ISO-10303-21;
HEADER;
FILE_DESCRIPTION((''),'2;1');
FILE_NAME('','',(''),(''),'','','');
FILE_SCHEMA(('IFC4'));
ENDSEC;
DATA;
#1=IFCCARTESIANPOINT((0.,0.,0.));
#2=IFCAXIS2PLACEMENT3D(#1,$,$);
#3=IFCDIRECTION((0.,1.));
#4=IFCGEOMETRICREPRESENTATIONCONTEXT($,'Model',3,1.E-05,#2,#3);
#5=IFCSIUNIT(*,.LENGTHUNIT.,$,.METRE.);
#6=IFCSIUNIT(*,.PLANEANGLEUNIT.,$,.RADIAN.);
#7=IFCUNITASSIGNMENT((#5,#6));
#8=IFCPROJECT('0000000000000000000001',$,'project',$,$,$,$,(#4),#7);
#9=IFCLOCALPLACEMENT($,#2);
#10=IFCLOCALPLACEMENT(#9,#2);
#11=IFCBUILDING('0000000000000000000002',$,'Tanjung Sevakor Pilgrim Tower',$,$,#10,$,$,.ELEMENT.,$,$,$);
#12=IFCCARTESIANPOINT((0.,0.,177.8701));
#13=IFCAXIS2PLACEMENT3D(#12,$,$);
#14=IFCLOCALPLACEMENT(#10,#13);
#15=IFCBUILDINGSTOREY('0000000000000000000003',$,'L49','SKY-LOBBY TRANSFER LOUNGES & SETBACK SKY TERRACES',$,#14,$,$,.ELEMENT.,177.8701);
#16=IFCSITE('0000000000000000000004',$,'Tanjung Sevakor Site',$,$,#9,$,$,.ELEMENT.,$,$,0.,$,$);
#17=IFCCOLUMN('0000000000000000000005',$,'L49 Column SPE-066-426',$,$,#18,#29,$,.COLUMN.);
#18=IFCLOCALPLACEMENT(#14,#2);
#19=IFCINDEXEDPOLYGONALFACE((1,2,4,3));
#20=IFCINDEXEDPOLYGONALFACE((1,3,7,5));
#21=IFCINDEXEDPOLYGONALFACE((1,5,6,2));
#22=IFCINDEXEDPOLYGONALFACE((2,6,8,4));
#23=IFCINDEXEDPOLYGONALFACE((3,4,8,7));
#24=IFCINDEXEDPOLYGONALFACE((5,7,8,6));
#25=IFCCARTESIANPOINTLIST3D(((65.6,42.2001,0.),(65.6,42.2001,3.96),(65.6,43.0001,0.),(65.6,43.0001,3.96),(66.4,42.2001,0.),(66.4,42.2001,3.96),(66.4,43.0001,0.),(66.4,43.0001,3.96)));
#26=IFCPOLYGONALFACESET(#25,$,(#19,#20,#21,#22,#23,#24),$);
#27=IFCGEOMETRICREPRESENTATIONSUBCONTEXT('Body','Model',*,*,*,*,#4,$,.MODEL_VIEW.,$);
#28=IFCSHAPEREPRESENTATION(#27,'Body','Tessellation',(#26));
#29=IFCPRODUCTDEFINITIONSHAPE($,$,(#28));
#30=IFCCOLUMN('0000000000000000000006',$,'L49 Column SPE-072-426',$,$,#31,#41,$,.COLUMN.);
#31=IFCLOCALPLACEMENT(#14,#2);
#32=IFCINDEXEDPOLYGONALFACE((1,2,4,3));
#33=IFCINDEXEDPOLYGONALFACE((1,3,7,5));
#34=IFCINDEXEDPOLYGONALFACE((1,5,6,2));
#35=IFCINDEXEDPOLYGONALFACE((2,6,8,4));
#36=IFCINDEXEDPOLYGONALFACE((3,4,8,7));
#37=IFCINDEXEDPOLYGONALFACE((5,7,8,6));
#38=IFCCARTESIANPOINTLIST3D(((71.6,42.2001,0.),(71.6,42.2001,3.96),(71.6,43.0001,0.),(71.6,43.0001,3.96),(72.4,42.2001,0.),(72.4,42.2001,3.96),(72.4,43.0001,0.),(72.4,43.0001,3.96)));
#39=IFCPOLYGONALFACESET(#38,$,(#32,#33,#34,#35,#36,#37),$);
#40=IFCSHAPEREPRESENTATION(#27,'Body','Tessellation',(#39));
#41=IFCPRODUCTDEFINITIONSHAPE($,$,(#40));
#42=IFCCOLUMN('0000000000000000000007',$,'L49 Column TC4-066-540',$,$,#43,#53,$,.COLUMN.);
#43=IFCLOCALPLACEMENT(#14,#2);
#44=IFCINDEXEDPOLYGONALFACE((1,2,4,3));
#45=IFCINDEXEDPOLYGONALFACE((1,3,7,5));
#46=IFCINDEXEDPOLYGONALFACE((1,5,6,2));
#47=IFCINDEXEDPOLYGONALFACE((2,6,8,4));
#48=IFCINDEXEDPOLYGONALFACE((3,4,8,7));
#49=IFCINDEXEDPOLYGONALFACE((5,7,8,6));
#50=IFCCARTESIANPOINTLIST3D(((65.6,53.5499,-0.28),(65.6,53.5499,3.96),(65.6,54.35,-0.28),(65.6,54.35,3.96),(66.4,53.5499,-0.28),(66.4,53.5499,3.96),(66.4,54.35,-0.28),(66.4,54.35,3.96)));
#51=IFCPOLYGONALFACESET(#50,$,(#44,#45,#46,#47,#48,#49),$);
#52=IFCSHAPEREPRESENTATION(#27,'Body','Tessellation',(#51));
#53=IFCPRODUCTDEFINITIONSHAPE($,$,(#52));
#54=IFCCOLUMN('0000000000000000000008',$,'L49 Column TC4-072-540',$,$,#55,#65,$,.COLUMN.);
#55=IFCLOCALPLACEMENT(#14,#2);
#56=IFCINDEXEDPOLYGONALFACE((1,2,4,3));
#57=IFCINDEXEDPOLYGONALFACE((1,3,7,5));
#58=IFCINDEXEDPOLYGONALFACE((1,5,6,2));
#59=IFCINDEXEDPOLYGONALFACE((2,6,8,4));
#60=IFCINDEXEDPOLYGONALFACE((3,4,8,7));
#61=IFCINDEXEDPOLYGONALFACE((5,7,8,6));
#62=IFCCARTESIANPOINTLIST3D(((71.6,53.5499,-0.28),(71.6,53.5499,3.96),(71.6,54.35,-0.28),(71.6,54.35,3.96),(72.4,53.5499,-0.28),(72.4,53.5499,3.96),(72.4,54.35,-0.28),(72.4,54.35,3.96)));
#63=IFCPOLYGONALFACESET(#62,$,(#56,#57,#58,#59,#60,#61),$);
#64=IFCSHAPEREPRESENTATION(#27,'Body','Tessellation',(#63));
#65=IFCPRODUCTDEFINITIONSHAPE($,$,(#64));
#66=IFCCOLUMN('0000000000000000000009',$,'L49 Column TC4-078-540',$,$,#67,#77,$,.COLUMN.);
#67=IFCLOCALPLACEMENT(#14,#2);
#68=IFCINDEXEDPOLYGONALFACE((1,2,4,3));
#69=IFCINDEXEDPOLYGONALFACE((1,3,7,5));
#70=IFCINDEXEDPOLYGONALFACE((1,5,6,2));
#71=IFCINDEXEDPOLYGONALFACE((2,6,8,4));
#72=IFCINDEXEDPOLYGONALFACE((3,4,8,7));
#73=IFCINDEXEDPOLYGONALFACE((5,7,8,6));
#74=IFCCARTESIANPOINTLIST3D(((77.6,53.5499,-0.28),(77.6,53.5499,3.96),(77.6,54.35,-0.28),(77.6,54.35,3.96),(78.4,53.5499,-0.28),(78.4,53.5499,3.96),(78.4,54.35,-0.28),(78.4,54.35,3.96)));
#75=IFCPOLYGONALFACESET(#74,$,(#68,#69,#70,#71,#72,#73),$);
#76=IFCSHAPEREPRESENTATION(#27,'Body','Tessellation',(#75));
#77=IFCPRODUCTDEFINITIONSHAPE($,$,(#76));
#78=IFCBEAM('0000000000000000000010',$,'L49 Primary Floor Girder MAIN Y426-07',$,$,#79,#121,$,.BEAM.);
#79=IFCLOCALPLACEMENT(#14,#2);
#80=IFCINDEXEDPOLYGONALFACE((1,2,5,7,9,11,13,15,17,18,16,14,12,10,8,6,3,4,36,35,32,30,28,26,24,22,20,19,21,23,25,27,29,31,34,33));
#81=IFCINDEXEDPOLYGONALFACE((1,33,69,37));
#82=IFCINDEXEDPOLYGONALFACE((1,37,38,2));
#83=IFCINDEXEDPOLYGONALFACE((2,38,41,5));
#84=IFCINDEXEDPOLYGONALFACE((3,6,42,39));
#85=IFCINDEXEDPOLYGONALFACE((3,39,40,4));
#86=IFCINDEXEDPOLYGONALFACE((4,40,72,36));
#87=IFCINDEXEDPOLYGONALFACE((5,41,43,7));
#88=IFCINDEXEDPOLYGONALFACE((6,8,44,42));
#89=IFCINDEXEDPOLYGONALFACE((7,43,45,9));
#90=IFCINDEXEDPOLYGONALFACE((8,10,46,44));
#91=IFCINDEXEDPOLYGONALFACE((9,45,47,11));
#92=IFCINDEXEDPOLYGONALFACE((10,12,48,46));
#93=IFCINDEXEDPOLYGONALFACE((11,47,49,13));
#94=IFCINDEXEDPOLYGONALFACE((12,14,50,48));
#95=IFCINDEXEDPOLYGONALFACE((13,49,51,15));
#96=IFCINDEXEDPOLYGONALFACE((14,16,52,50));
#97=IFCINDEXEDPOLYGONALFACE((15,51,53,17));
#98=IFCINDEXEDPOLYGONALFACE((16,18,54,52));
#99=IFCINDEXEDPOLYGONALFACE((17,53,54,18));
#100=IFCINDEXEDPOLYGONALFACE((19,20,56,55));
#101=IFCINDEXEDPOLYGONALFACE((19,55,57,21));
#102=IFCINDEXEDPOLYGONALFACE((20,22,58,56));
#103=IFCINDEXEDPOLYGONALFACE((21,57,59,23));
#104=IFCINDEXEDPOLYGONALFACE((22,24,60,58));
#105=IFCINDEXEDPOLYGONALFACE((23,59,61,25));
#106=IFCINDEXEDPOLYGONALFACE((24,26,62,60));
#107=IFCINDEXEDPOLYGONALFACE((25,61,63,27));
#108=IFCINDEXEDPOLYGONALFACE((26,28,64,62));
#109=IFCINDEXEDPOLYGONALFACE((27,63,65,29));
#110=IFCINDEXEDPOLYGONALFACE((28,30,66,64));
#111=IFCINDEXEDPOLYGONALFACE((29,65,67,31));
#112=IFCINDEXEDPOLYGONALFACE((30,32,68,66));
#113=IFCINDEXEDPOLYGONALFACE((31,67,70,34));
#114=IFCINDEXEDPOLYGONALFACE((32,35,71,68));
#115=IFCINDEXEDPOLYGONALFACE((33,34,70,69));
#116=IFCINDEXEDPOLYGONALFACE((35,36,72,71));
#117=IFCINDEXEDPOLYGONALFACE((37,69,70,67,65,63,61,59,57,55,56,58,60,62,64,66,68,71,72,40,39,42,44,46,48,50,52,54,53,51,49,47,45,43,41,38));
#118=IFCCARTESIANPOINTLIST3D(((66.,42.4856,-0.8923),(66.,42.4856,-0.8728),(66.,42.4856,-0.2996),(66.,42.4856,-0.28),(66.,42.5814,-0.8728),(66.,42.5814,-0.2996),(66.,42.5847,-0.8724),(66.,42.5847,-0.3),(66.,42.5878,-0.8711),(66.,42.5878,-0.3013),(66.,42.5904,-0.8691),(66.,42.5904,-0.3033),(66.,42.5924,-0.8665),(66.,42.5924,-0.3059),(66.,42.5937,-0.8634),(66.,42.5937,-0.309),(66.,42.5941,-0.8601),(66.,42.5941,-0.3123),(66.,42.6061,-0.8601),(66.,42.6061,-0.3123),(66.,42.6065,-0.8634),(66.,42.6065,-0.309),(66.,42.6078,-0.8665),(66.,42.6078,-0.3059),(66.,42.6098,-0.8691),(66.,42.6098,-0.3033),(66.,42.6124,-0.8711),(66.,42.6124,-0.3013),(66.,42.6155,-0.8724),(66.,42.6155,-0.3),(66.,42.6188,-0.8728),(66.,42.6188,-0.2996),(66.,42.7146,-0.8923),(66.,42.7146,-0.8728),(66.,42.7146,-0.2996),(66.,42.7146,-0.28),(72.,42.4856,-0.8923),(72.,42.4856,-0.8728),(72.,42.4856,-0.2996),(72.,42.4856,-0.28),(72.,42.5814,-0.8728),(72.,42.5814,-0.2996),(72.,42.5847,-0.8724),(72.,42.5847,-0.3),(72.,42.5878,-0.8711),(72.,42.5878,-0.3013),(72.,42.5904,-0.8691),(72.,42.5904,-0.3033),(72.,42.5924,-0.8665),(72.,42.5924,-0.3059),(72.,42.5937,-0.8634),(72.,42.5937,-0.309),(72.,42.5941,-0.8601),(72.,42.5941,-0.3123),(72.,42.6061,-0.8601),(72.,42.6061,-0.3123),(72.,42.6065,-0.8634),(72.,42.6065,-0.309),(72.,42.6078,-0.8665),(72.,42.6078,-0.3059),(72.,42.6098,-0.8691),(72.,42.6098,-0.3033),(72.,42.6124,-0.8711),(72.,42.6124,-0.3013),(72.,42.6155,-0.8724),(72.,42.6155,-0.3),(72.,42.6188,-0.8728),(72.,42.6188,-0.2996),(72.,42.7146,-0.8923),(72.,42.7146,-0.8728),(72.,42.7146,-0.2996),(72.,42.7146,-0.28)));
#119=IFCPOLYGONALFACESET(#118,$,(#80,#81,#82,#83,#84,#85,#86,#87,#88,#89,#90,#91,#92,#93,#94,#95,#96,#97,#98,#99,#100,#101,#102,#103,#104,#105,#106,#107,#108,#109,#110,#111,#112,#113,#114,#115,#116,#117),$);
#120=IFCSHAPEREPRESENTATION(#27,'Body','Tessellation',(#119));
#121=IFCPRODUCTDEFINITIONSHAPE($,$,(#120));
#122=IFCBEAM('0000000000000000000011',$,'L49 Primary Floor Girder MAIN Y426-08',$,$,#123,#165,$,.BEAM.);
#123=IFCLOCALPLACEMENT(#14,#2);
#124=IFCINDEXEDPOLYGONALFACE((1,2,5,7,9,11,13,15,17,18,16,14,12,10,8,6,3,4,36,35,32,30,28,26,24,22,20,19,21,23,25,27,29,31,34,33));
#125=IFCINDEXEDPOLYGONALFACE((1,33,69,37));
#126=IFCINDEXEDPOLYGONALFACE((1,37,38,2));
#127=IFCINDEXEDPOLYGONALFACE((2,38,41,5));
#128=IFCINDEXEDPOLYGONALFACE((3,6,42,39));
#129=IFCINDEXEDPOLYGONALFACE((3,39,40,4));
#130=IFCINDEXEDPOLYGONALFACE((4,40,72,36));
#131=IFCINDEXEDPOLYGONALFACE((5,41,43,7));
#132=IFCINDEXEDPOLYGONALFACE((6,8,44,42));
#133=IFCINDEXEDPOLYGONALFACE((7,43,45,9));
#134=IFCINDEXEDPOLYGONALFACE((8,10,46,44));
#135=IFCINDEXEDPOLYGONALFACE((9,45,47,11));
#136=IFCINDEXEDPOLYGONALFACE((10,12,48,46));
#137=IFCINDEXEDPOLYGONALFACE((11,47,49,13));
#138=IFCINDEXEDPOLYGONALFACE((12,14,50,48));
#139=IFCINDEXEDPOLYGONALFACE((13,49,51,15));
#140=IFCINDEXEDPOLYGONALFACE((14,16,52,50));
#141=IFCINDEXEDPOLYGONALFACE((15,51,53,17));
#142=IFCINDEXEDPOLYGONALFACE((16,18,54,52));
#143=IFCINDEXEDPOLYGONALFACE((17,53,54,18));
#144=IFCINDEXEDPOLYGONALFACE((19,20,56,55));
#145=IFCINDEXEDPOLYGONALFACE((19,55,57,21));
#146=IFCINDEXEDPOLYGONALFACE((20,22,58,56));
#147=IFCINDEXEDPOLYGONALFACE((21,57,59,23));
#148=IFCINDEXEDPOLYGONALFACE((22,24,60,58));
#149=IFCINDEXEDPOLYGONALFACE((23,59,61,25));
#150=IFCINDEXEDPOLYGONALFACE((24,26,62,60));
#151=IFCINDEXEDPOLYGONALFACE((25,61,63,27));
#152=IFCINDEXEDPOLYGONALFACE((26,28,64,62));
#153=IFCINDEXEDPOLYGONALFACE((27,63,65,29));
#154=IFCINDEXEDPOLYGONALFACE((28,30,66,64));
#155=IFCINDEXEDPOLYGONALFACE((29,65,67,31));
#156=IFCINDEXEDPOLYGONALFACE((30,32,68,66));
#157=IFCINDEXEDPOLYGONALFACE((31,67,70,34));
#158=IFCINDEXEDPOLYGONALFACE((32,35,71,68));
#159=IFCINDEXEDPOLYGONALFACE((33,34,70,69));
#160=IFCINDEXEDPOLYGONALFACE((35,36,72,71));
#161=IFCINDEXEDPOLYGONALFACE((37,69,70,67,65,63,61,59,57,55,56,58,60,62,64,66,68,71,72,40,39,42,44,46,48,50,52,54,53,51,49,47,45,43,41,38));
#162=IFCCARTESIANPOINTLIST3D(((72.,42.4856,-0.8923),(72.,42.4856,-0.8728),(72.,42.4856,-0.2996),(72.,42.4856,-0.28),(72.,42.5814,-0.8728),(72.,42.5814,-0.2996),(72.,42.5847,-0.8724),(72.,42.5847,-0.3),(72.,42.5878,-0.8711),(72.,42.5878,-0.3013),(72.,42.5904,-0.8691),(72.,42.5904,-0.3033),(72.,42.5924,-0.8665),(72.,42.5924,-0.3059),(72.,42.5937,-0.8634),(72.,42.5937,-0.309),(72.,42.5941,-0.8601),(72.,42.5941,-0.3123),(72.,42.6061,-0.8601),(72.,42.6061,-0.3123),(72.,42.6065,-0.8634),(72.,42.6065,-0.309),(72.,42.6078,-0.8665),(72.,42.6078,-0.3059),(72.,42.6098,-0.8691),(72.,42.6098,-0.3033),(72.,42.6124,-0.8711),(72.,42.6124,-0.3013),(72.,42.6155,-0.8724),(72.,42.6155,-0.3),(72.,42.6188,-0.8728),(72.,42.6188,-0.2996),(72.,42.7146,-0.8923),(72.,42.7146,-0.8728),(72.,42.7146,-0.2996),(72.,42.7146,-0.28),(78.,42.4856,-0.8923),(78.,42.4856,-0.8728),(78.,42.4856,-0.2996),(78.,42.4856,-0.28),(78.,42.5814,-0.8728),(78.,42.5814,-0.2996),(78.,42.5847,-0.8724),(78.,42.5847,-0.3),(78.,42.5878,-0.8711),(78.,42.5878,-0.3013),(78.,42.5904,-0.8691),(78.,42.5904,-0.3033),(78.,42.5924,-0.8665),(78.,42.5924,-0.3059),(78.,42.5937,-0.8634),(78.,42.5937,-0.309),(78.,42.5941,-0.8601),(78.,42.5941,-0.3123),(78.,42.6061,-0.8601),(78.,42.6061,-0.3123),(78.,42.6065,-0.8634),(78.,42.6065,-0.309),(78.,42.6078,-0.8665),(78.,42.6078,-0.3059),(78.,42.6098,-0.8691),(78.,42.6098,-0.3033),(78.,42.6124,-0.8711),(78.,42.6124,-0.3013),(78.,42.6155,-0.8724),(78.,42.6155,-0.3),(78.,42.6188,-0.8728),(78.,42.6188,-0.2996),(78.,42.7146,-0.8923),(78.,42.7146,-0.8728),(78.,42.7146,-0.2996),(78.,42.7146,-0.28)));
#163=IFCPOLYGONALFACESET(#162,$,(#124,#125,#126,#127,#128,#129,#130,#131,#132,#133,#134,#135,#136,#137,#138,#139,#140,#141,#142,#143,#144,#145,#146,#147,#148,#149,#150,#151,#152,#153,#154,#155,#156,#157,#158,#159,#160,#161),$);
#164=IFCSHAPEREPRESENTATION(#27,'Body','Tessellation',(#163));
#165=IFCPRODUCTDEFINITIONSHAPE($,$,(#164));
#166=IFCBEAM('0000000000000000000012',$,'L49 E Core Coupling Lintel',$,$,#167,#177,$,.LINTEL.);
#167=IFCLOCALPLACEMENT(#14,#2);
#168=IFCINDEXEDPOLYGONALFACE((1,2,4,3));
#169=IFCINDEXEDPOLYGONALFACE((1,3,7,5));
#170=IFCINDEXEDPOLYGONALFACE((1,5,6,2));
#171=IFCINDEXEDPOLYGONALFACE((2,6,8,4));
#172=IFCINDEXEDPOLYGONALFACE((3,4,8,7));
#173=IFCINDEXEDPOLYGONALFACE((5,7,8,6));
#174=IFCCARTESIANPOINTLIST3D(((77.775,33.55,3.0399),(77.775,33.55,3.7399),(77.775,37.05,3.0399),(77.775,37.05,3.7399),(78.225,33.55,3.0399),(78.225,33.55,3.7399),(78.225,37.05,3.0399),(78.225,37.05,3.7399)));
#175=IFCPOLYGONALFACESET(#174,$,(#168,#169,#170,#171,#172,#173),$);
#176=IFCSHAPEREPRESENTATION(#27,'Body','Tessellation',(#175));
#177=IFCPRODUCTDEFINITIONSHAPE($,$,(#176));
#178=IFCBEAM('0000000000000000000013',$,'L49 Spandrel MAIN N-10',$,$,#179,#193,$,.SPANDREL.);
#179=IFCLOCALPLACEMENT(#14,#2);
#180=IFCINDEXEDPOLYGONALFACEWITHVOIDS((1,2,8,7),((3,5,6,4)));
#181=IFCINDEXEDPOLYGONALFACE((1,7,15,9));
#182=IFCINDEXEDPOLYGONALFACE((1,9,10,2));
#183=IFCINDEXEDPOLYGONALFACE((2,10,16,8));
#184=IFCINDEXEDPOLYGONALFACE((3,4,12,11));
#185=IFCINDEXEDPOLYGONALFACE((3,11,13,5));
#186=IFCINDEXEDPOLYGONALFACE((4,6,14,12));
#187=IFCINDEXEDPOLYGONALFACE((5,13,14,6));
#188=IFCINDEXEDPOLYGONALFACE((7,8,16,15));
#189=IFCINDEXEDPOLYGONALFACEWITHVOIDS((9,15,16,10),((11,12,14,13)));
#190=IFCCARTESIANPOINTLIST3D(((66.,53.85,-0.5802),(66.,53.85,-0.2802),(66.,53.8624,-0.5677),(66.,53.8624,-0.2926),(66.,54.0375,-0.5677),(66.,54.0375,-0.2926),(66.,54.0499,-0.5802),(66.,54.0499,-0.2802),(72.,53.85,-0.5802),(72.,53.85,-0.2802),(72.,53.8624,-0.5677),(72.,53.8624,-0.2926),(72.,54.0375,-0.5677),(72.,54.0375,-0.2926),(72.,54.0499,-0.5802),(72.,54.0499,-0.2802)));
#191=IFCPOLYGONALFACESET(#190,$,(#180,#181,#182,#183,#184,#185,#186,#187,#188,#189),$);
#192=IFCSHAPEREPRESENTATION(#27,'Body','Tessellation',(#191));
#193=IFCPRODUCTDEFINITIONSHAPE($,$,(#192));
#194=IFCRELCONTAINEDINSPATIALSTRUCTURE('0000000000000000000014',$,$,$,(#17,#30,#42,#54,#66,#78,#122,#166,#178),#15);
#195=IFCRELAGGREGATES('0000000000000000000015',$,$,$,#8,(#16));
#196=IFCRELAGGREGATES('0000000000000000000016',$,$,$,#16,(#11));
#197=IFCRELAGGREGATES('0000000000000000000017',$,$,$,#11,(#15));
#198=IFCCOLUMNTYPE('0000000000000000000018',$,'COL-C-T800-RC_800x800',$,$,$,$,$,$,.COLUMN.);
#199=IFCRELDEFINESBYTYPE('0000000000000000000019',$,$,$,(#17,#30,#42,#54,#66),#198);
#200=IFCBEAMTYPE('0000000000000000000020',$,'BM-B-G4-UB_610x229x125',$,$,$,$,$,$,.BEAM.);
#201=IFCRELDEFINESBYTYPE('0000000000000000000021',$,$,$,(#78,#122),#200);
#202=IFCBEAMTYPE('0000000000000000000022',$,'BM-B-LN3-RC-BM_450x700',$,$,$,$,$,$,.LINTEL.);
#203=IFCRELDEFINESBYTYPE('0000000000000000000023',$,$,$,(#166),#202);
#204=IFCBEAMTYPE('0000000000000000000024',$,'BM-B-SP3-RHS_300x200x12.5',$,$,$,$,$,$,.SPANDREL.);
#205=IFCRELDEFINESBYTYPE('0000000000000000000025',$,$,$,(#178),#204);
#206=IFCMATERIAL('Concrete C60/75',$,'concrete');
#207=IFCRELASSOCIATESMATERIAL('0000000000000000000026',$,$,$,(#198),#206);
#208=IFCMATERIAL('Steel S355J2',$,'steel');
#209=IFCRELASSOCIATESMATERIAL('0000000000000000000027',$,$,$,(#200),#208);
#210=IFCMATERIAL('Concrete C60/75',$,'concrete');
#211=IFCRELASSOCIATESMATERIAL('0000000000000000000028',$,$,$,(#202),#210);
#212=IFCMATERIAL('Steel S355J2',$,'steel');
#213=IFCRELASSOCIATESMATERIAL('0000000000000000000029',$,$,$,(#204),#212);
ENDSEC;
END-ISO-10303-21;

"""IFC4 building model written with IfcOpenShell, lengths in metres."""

from ifc_helpers import new_model, si_unit, direction, frame, origin, origin_2d, place, context, subcontext, project, spatial, rectangle, hollow_rectangle, i_section, extrude, material, material_profile, profile_set, type_object, element, save


model = new_model("IFC4")

# Units and contexts
model_context = context("Model", 3, precision=1e-05, world=origin(), true_north=direction((0.0, 1.0)))
body_context = subcontext(model_context, "Body", "Model", "MODEL_VIEW")
ifc_project = project(units=[si_unit("LENGTHUNIT", "METRE"), si_unit("PLANEANGLEUNIT", "RADIAN")], contexts=[model_context])

# Site, building, storey
site_placement = place(None, origin())
site = spatial("IfcSite", under=ifc_project, at=site_placement, Name="Tanjung Sevakor Site", CompositionType="ELEMENT", RefElevation=0.0)
building_placement = place(site_placement, origin())
building = spatial("IfcBuilding", under=site, at=building_placement, Name="Tanjung Sevakor Pilgrim Tower", CompositionType="ELEMENT")
storey_placement = place(building_placement, frame((0.0, 0.0, 177.8701)))
storey = spatial("IfcBuildingStorey", under=building, at=storey_placement, Name="L49", Description="SKY-LOBBY TRANSFER LOUNGES & SETBACK SKY TERRACES", CompositionType="ELEMENT", Elevation=177.8701)

# Columns
ifc_material_1 = material(Name="Concrete C60/75", Category="concrete")
ifc_material_profile_1 = material_profile(ifc_material_1, rectangle(XDim=0.8, YDim=0.8, at=origin_2d()))
ifc_profile_set_1 = profile_set([ifc_material_profile_1], Name="Concrete C60/75")
column_type = type_object("IfcColumnType", Name="COL-C-T800-RC_800x800", PredefinedType="COLUMN", material=ifc_profile_set_1)
for number, where, z_axis, x_axis, name in (
    (1, (66.0, 42.6001, 0.0), (0.0, 0.0, 1.0), (1.0, 0.0, 0.0), "L49 Column SPE-066-426"),
    (2, (72.0, 42.6001, 0.0), (0.0, 0.0, 1.0), (1.0, 0.0, 0.0), "L49 Column SPE-072-426"),
):
    element("IfcColumn", number, at=place(storey_placement, frame(where, z_axis=z_axis, x_axis=x_axis)), inside=storey, type_object=column_type, Name=name, PredefinedType="COLUMN", context=body_context, shape_type="SweptSolid", body=[
        extrude(rectangle(XDim=0.8, YDim=0.8, at=origin_2d()), origin(), (0.0, 0.0, 1.0), 3.96),
    ])
for number, where, z_axis, x_axis, name in (
    (3, (66.0, 53.95, -0.28), (0.0, 0.0, 1.0), (1.0, 0.0, 0.0), "L49 Column TC4-066-540"),
    (4, (72.0, 53.95, -0.28), (0.0, 0.0, 1.0), (1.0, 0.0, 0.0), "L49 Column TC4-072-540"),
    (5, (78.0, 53.95, -0.28), (0.0, 0.0, 1.0), (1.0, 0.0, 0.0), "L49 Column TC4-078-540"),
):
    element("IfcColumn", number, at=place(storey_placement, frame(where, z_axis=z_axis, x_axis=x_axis)), inside=storey, type_object=column_type, Name=name, PredefinedType="COLUMN", context=body_context, shape_type="SweptSolid", body=[
        extrude(rectangle(XDim=0.8, YDim=0.8, at=origin_2d()), origin(), (0.0, 0.0, 1.0), 4.24),
    ])

# Beams
ifc_material_2 = material(Name="Steel S355J2", Category="steel")
ifc_material_profile_2 = material_profile(ifc_material_2, i_section(OverallWidth=0.229, OverallDepth=0.6123, WebThickness=0.012, FlangeThickness=0.0195, FilletRadius=0.0127, at=origin_2d()))
ifc_profile_set_2 = profile_set([ifc_material_profile_2], Name="Steel S355J2")
beam_type_1 = type_object("IfcBeamType", Name="BM-B-G4-UB_610x229x125", PredefinedType="BEAM", material=ifc_profile_set_2)
for number, where, z_axis, x_axis, name in (
    (6, (66.0, 42.6001, -0.5862), (1.0, 0.0, 0.0), (0.0, 1.0, 0.0), "L49 Primary Floor Girder MAIN Y426-07"),
    (7, (72.0, 42.6001, -0.5862), (1.0, 0.0, 0.0), (0.0, 1.0, 0.0), "L49 Primary Floor Girder MAIN Y426-08"),
):
    element("IfcBeam", number, at=place(storey_placement, frame(where, z_axis=z_axis, x_axis=x_axis)), inside=storey, type_object=beam_type_1, Name=name, PredefinedType="BEAM", context=body_context, shape_type="SweptSolid", body=[
        extrude(i_section(OverallWidth=0.229, OverallDepth=0.6123, WebThickness=0.012, FlangeThickness=0.0195, FilletRadius=0.0127, at=origin_2d()), origin(), (0.0, 0.0, 1.0), 6.0),
    ])
ifc_material_3 = material(Name="Concrete C60/75", Category="concrete")
ifc_material_profile_3 = material_profile(ifc_material_3, rectangle(XDim=0.45, YDim=0.7, at=origin_2d()))
ifc_profile_set_3 = profile_set([ifc_material_profile_3], Name="Concrete C60/75")
beam_type_2 = type_object("IfcBeamType", Name="BM-B-LN3-RC-BM_450x700", PredefinedType="LINTEL", material=ifc_profile_set_3)
beam_placement = place(storey_placement, frame((78.0, 33.55, 3.3899), z_axis=(0.0, 1.0, 0.0), x_axis=(-1.0, 0.0, 0.0)))
element("IfcBeam", 8, at=beam_placement, inside=storey, type_object=beam_type_2, Name="L49 E Core Coupling Lintel", PredefinedType="LINTEL", context=body_context, shape_type="SweptSolid", body=[
    extrude(rectangle(XDim=0.45, YDim=0.7, at=origin_2d()), origin(), (0.0, 0.0, 1.0), 3.5),
])
ifc_material_4 = material(Name="Steel S355J2", Category="steel")
ifc_material_profile_4 = material_profile(ifc_material_4, hollow_rectangle(XDim=0.2, YDim=0.3, WallThickness=0.0125, at=origin_2d()))
ifc_profile_set_4 = profile_set([ifc_material_profile_4], Name="Steel S355J2")
beam_type_3 = type_object("IfcBeamType", Name="BM-B-SP3-RHS_300x200x12.5", PredefinedType="SPANDREL", material=ifc_profile_set_4)
for number, where, z_axis, x_axis, name in (
    (9, (66.0, 53.95, -0.4302), (1.0, 0.0, 0.0), (0.0, 1.0, 0.0), "L49 Spandrel MAIN N-10"),
):
    element("IfcBeam", number, at=place(storey_placement, frame(where, z_axis=z_axis, x_axis=x_axis)), inside=storey, type_object=beam_type_3, Name=name, PredefinedType="SPANDREL", context=body_context, shape_type="SweptSolid", body=[
        extrude(hollow_rectangle(XDim=0.2, YDim=0.3, WallThickness=0.0125, at=origin_2d()), origin(), (0.0, 0.0, 1.0), 6.0),
    ])

save(model, "model.ifc")
